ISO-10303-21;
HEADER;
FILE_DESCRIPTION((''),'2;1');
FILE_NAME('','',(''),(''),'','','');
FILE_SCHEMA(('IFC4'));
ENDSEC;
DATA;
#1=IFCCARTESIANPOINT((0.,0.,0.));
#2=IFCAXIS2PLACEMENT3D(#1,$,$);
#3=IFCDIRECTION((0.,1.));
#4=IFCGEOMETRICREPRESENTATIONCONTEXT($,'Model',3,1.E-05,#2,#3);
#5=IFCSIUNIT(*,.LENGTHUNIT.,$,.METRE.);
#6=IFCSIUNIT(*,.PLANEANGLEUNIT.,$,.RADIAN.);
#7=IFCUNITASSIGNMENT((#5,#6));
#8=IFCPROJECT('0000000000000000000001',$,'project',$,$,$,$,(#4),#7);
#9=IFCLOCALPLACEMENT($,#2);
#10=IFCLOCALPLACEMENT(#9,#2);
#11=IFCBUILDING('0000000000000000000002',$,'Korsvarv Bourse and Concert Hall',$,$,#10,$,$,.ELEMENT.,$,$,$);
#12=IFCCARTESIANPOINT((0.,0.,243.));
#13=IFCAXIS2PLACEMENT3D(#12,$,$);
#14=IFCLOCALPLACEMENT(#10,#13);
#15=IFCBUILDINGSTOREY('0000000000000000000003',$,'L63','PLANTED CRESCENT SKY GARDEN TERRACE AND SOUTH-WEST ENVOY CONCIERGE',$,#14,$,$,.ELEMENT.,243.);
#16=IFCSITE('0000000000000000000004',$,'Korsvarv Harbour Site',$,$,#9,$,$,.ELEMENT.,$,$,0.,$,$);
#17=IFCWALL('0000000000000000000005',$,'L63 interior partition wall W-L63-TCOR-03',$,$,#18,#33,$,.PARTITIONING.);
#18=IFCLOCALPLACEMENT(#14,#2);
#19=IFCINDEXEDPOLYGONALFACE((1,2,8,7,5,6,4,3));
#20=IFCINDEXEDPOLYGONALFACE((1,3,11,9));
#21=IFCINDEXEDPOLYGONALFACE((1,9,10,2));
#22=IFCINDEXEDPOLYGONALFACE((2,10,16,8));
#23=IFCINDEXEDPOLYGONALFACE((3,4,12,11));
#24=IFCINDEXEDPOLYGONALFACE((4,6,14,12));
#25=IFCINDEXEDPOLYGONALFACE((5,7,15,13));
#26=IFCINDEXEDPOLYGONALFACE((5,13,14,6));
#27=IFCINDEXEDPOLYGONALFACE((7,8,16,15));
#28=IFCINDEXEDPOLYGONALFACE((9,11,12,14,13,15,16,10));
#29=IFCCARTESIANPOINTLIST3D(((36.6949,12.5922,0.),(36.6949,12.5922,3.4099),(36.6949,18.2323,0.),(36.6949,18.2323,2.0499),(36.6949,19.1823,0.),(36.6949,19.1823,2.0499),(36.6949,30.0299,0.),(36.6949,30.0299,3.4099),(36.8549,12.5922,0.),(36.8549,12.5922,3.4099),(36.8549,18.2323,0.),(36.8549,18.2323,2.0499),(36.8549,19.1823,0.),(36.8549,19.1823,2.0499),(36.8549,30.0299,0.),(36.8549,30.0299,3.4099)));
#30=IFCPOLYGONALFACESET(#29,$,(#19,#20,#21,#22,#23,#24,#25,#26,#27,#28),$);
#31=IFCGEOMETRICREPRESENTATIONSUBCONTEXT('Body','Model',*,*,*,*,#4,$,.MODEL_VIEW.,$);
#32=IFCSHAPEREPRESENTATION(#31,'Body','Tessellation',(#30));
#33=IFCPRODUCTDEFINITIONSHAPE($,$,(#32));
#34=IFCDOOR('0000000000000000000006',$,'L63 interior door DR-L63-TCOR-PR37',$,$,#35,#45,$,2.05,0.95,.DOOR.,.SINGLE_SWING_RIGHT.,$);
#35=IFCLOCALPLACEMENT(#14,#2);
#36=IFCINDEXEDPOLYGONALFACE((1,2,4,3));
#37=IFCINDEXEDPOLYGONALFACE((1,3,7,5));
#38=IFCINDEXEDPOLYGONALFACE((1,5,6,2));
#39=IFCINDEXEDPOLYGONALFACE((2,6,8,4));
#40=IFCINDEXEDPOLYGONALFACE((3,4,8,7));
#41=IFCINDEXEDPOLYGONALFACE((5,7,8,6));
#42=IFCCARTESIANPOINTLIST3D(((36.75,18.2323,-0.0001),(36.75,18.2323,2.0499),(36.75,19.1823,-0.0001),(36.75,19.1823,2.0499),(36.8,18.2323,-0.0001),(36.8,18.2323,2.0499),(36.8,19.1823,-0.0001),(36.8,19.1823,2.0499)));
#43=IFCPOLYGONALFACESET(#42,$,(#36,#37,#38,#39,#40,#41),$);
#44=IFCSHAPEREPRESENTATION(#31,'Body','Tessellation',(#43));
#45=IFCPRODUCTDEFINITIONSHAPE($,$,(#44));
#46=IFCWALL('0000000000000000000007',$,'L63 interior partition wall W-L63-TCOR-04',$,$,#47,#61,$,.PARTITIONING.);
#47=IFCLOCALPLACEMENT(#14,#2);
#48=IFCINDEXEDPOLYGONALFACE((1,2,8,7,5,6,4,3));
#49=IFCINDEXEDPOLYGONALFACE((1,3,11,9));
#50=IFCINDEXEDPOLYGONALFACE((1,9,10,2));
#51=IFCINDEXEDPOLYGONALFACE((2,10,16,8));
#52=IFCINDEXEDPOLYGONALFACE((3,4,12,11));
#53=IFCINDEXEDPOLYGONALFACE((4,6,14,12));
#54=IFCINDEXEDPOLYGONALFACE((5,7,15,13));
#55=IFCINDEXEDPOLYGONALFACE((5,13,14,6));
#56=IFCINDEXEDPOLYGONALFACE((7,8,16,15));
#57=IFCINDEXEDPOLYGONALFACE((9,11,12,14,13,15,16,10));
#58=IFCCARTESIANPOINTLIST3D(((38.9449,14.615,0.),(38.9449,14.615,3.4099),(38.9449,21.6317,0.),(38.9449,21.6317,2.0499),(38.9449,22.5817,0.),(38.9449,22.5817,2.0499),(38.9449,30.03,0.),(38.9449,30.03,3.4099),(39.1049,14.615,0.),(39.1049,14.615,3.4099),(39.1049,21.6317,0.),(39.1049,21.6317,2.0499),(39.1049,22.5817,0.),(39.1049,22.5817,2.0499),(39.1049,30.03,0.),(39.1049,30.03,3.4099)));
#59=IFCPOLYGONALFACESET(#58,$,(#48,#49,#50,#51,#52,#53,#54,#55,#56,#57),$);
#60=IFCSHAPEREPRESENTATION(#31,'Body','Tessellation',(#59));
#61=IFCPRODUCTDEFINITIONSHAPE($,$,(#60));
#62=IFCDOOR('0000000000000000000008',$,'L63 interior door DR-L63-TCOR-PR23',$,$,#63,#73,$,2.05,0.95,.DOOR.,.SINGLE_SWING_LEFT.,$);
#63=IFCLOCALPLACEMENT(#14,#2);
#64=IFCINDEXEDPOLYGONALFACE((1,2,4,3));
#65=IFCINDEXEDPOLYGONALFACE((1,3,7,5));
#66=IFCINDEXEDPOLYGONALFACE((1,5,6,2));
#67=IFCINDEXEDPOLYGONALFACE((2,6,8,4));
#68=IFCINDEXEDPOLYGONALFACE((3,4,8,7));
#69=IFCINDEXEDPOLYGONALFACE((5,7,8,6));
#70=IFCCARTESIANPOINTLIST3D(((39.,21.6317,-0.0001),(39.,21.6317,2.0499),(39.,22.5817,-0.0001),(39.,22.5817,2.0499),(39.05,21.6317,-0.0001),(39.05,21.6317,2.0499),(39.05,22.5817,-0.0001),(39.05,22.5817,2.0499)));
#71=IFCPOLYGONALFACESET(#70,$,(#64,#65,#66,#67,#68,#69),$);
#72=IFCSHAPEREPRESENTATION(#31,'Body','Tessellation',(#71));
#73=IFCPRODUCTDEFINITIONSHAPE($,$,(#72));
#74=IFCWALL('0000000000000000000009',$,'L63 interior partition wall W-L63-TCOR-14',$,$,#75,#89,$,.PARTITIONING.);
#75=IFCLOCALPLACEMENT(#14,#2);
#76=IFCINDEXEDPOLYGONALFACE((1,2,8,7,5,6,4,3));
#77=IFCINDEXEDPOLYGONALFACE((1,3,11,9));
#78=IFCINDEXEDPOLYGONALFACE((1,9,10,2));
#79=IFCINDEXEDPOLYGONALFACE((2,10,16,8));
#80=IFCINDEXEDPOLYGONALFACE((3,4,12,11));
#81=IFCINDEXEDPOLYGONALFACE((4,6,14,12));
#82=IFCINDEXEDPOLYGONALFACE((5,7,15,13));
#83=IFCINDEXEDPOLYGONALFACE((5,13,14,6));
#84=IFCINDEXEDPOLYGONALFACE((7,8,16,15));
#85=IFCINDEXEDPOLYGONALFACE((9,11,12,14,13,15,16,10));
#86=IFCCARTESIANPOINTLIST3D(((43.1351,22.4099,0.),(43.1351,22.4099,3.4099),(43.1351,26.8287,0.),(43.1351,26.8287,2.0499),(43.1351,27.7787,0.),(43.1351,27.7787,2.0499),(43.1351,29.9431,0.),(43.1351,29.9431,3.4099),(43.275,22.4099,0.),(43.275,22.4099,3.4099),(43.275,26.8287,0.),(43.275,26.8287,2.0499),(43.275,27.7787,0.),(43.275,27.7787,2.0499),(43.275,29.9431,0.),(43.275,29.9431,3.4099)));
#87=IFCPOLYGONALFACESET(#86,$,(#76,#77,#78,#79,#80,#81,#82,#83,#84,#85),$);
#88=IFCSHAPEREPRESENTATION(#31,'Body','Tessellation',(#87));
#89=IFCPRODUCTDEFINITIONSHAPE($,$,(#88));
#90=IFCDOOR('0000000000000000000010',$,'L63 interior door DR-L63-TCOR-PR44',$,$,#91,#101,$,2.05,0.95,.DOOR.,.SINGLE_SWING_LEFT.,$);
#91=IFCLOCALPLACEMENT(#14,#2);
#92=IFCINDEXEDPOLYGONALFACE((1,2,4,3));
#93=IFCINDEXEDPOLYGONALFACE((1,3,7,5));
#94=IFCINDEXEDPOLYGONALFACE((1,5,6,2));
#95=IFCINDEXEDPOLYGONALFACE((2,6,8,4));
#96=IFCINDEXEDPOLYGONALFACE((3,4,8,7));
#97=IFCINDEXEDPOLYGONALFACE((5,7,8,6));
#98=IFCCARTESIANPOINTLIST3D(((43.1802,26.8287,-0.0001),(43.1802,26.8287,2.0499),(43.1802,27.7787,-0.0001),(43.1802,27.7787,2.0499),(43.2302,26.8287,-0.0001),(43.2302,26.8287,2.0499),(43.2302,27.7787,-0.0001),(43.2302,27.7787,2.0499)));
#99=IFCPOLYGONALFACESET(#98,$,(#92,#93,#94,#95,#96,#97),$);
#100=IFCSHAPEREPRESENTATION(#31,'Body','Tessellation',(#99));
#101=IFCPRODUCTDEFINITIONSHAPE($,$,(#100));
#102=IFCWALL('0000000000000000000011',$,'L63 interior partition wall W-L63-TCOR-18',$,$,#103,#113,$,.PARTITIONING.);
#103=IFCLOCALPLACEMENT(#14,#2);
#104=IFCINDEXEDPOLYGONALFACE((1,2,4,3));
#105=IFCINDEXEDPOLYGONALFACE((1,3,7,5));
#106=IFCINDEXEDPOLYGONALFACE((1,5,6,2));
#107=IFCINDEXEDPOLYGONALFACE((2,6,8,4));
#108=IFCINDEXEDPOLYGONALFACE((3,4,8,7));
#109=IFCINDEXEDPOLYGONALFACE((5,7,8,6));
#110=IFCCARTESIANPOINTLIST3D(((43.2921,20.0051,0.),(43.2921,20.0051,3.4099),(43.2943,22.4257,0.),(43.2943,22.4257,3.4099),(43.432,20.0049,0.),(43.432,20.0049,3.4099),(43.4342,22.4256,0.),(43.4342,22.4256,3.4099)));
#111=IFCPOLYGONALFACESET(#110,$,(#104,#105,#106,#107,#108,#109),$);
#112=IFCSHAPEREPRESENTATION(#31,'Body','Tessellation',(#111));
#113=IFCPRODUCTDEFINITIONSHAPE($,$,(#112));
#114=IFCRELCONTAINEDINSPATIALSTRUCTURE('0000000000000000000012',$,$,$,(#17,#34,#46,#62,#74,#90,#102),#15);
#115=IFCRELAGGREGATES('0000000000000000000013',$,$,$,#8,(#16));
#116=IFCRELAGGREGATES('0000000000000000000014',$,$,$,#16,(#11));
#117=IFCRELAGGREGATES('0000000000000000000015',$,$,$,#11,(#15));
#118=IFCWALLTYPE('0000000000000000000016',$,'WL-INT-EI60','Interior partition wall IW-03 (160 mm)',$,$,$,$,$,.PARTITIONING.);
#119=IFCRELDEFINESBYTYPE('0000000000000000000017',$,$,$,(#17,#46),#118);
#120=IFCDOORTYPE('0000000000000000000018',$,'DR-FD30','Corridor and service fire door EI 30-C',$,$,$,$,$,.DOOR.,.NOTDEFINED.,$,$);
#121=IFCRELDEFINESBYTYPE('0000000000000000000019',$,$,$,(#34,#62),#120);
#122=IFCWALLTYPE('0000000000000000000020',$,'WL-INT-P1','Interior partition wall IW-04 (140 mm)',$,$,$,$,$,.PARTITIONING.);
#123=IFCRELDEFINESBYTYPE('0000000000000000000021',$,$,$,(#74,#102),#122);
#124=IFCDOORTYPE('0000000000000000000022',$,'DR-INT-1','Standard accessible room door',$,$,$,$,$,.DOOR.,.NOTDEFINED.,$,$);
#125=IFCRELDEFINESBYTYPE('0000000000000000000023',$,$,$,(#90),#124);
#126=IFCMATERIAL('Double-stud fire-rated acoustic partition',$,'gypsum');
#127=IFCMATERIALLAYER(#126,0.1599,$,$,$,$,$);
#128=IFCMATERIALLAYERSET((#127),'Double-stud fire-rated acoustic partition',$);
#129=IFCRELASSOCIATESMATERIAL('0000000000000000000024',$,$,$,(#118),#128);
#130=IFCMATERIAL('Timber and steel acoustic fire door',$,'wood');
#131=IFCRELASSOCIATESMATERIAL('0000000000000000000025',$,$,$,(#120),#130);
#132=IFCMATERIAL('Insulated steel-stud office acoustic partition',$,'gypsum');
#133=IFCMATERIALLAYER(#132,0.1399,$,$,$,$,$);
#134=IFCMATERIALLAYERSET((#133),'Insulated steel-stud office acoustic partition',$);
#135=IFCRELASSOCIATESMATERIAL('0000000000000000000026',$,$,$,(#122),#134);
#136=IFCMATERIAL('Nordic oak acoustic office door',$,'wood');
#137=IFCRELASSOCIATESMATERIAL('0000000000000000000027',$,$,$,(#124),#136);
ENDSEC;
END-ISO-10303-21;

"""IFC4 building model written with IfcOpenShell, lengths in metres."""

from ifc_helpers import new_model, si_unit, direction, frame, frame_2d, origin, place, context, subcontext, project, spatial, rectangle, extrude, material, layer, layer_set, type_object, element, fill, save


model = new_model("IFC4")

# Units and contexts
model_context = context("Model", 3, precision=1e-05, world=origin(), true_north=direction((0.0, 1.0)))
body_context = subcontext(model_context, "Body", "Model", "MODEL_VIEW")
ifc_project = project(units=[si_unit("LENGTHUNIT", "METRE"), si_unit("PLANEANGLEUNIT", "RADIAN")], contexts=[model_context])

# Site, building, storey
site_placement = place(None, origin())
site = spatial("IfcSite", under=ifc_project, at=site_placement, Name="Korsvarv Harbour Site", CompositionType="ELEMENT", RefElevation=0.0)
building_placement = place(site_placement, origin())
building = spatial("IfcBuilding", under=site, at=building_placement, Name="Korsvarv Bourse and Concert Hall", CompositionType="ELEMENT")
storey_placement = place(building_placement, frame((0.0, 0.0, 243.0)))
storey = spatial("IfcBuildingStorey", under=building, at=storey_placement, Name="L63", Description="PLANTED CRESCENT SKY GARDEN TERRACE AND SOUTH-WEST ENVOY CONCIERGE", CompositionType="ELEMENT", Elevation=243.0)

# Walls, openings, doors
ifc_material_1 = material(Name="Double-stud fire-rated acoustic partition", Category="gypsum")
ifc_layer_1 = layer(ifc_material_1, 0.1599)
ifc_layer_set_1 = layer_set([ifc_layer_1], Name="Double-stud fire-rated acoustic partition")
wall_type_1 = type_object("IfcWallType", Name="WL-INT-EI60", Description="Interior partition wall IW-03 (160 mm)", PredefinedType="PARTITIONING", material=ifc_layer_set_1)
wall_1_placement = place(storey_placement, frame((36.7749, 12.5923, 0.0), z_axis=(0.0, 0.0, 1.0), x_axis=(0.0, 1.0, 0.0)))
wall_1 = element("IfcWall", 1, at=wall_1_placement, inside=storey, type_object=wall_type_1, Name="L63 interior partition wall W-L63-TCOR-03", PredefinedType="PARTITIONING", context=body_context, shape_type="SweptSolid", body=[
    extrude(rectangle(XDim=17.4377, YDim=0.1599, at=frame_2d((8.7188, 0.0))), origin(), (0.0, 0.0, 1.0), 3.4099),
])
opening_1_placement = place(wall_1_placement, frame((5.6399, 0.0, 0.0)))
opening_1 = element("IfcOpeningElement", 2, at=opening_1_placement, cuts=wall_1, PredefinedType="OPENING", context=body_context, shape_type="SweptSolid", body=[
    extrude(rectangle(XDim=0.95, YDim=2.05, at=frame_2d((0.4751, 1.0249))), frame((0.0, 0.0898, 0.0), z_axis=(0.0, -1.0, 0.0), x_axis=(1.0, 0.0, 0.0)), (0.0, 0.0, 1.0), 0.1799),
])
ifc_material_2 = material(Name="Timber and steel acoustic fire door", Category="wood")
door_type_1 = type_object("IfcDoorType", Name="DR-FD30", Description="Corridor and service fire door EI 30-C", OperationType="NOTDEFINED", PredefinedType="DOOR", material=ifc_material_2)
door_1_placement = place(opening_1_placement, origin())
door_1 = element("IfcDoor", 3, at=door_1_placement, inside=storey, type_object=door_type_1, Name="L63 interior door DR-L63-TCOR-PR37", OperationType="SINGLE_SWING_RIGHT", OverallHeight=2.05, OverallWidth=0.95, PredefinedType="DOOR", context=body_context, shape_type="SweptSolid", body=[
    extrude(rectangle(XDim=0.95, YDim=2.05, at=frame_2d((0.4751, 1.0249))), frame((0.0, 0.0249, 0.0), z_axis=(0.0, -1.0, 0.0), x_axis=(1.0, 0.0, 0.0)), (0.0, 0.0, 1.0), 0.05),
])
fill(opening_1, door_1)
wall_2_placement = place(storey_placement, frame((39.0249, 14.615, 0.0), z_axis=(0.0, 0.0, 1.0), x_axis=(0.0, 1.0, 0.0)))
wall_2 = element("IfcWall", 4, at=wall_2_placement, inside=storey, type_object=wall_type_1, Name="L63 interior partition wall W-L63-TCOR-04", PredefinedType="PARTITIONING", context=body_context, shape_type="SweptSolid", body=[
    extrude(rectangle(XDim=15.415, YDim=0.1599, at=frame_2d((7.7075, 0.0))), origin(), (0.0, 0.0, 1.0), 3.4099),
])
opening_2_placement = place(wall_2_placement, frame((7.0166, 0.0, 0.0)))
opening_2 = element("IfcOpeningElement", 5, at=opening_2_placement, cuts=wall_2, PredefinedType="OPENING", context=body_context, shape_type="SweptSolid", body=[
    extrude(rectangle(XDim=0.95, YDim=2.05, at=frame_2d((0.4751, 1.0249))), frame((0.0, 0.0898, 0.0), z_axis=(0.0, -1.0, 0.0), x_axis=(1.0, 0.0, 0.0)), (0.0, 0.0, 1.0), 0.1799),
])
door_2_placement = place(opening_2_placement, origin())
door_2 = element("IfcDoor", 6, at=door_2_placement, inside=storey, type_object=door_type_1, Name="L63 interior door DR-L63-TCOR-PR23", OperationType="SINGLE_SWING_LEFT", OverallHeight=2.05, OverallWidth=0.95, PredefinedType="DOOR", context=body_context, shape_type="SweptSolid", body=[
    extrude(rectangle(XDim=0.95, YDim=2.05, at=frame_2d((0.4751, 1.0249))), frame((0.0, 0.0249, 0.0), z_axis=(0.0, -1.0, 0.0), x_axis=(1.0, 0.0, 0.0)), (0.0, 0.0, 1.0), 0.05),
])
fill(opening_2, door_2)
ifc_material_3 = material(Name="Insulated steel-stud office acoustic partition", Category="gypsum")
ifc_layer_2 = layer(ifc_material_3, 0.1399)
ifc_layer_set_2 = layer_set([ifc_layer_2], Name="Insulated steel-stud office acoustic partition")
wall_type_2 = type_object("IfcWallType", Name="WL-INT-P1", Description="Interior partition wall IW-04 (140 mm)", PredefinedType="PARTITIONING", material=ifc_layer_set_2)
wall_3_placement = place(storey_placement, frame((43.2051, 22.4099, 0.0), z_axis=(0.0, 0.0, 1.0), x_axis=(0.0, 1.0, 0.0)))
wall_3 = element("IfcWall", 7, at=wall_3_placement, inside=storey, type_object=wall_type_2, Name="L63 interior partition wall W-L63-TCOR-14", PredefinedType="PARTITIONING", context=body_context, shape_type="SweptSolid", body=[
    extrude(rectangle(XDim=7.5332, YDim=0.1399, at=frame_2d((3.7666, 0.0))), origin(), (0.0, 0.0, 1.0), 3.4099),
])
opening_3_placement = place(wall_3_placement, frame((4.4187, 0.0, 0.0)))
opening_3 = element("IfcOpeningElement", 8, at=opening_3_placement, cuts=wall_3, PredefinedType="OPENING", context=body_context, shape_type="SweptSolid", body=[
    extrude(rectangle(XDim=0.95, YDim=2.05, at=frame_2d((0.4751, 1.0249))), frame((0.0, 0.0801, 0.0), z_axis=(0.0, -1.0, 0.0), x_axis=(1.0, 0.0, 0.0)), (0.0, 0.0, 1.0), 0.1599),
])
ifc_material_4 = material(Name="Nordic oak acoustic office door", Category="wood")
door_type_2 = type_object("IfcDoorType", Name="DR-INT-1", Description="Standard accessible room door", OperationType="NOTDEFINED", PredefinedType="DOOR", material=ifc_material_4)
door_3_placement = place(opening_3_placement, origin())
door_3 = element("IfcDoor", 9, at=door_3_placement, inside=storey, type_object=door_type_2, Name="L63 interior door DR-L63-TCOR-PR44", OperationType="SINGLE_SWING_LEFT", OverallHeight=2.05, OverallWidth=0.95, PredefinedType="DOOR", context=body_context, shape_type="SweptSolid", body=[
    extrude(rectangle(XDim=0.95, YDim=2.05, at=frame_2d((0.4751, 1.0249))), frame((0.0, 0.0249, 0.0), z_axis=(0.0, -1.0, 0.0), x_axis=(1.0, 0.0, 0.0)), (0.0, 0.0, 1.0), 0.05),
])
fill(opening_3, door_3)

# Wall
wall_4_placement = place(storey_placement, frame((43.3621, 20.0049, 0.0), z_axis=(0.0, 0.0, 1.0), x_axis=(0.000908, 1.0, 0.0)))
element("IfcWall", 10, at=wall_4_placement, inside=storey, type_object=wall_type_2, Name="L63 interior partition wall W-L63-TCOR-18", PredefinedType="PARTITIONING", context=body_context, shape_type="SweptSolid", body=[
    extrude(rectangle(XDim=2.4207, YDim=0.1399, at=frame_2d((1.2104, 0.0))), origin(), (0.0, 0.0, 1.0), 3.4099),
])

save(model, "model.ifc")
